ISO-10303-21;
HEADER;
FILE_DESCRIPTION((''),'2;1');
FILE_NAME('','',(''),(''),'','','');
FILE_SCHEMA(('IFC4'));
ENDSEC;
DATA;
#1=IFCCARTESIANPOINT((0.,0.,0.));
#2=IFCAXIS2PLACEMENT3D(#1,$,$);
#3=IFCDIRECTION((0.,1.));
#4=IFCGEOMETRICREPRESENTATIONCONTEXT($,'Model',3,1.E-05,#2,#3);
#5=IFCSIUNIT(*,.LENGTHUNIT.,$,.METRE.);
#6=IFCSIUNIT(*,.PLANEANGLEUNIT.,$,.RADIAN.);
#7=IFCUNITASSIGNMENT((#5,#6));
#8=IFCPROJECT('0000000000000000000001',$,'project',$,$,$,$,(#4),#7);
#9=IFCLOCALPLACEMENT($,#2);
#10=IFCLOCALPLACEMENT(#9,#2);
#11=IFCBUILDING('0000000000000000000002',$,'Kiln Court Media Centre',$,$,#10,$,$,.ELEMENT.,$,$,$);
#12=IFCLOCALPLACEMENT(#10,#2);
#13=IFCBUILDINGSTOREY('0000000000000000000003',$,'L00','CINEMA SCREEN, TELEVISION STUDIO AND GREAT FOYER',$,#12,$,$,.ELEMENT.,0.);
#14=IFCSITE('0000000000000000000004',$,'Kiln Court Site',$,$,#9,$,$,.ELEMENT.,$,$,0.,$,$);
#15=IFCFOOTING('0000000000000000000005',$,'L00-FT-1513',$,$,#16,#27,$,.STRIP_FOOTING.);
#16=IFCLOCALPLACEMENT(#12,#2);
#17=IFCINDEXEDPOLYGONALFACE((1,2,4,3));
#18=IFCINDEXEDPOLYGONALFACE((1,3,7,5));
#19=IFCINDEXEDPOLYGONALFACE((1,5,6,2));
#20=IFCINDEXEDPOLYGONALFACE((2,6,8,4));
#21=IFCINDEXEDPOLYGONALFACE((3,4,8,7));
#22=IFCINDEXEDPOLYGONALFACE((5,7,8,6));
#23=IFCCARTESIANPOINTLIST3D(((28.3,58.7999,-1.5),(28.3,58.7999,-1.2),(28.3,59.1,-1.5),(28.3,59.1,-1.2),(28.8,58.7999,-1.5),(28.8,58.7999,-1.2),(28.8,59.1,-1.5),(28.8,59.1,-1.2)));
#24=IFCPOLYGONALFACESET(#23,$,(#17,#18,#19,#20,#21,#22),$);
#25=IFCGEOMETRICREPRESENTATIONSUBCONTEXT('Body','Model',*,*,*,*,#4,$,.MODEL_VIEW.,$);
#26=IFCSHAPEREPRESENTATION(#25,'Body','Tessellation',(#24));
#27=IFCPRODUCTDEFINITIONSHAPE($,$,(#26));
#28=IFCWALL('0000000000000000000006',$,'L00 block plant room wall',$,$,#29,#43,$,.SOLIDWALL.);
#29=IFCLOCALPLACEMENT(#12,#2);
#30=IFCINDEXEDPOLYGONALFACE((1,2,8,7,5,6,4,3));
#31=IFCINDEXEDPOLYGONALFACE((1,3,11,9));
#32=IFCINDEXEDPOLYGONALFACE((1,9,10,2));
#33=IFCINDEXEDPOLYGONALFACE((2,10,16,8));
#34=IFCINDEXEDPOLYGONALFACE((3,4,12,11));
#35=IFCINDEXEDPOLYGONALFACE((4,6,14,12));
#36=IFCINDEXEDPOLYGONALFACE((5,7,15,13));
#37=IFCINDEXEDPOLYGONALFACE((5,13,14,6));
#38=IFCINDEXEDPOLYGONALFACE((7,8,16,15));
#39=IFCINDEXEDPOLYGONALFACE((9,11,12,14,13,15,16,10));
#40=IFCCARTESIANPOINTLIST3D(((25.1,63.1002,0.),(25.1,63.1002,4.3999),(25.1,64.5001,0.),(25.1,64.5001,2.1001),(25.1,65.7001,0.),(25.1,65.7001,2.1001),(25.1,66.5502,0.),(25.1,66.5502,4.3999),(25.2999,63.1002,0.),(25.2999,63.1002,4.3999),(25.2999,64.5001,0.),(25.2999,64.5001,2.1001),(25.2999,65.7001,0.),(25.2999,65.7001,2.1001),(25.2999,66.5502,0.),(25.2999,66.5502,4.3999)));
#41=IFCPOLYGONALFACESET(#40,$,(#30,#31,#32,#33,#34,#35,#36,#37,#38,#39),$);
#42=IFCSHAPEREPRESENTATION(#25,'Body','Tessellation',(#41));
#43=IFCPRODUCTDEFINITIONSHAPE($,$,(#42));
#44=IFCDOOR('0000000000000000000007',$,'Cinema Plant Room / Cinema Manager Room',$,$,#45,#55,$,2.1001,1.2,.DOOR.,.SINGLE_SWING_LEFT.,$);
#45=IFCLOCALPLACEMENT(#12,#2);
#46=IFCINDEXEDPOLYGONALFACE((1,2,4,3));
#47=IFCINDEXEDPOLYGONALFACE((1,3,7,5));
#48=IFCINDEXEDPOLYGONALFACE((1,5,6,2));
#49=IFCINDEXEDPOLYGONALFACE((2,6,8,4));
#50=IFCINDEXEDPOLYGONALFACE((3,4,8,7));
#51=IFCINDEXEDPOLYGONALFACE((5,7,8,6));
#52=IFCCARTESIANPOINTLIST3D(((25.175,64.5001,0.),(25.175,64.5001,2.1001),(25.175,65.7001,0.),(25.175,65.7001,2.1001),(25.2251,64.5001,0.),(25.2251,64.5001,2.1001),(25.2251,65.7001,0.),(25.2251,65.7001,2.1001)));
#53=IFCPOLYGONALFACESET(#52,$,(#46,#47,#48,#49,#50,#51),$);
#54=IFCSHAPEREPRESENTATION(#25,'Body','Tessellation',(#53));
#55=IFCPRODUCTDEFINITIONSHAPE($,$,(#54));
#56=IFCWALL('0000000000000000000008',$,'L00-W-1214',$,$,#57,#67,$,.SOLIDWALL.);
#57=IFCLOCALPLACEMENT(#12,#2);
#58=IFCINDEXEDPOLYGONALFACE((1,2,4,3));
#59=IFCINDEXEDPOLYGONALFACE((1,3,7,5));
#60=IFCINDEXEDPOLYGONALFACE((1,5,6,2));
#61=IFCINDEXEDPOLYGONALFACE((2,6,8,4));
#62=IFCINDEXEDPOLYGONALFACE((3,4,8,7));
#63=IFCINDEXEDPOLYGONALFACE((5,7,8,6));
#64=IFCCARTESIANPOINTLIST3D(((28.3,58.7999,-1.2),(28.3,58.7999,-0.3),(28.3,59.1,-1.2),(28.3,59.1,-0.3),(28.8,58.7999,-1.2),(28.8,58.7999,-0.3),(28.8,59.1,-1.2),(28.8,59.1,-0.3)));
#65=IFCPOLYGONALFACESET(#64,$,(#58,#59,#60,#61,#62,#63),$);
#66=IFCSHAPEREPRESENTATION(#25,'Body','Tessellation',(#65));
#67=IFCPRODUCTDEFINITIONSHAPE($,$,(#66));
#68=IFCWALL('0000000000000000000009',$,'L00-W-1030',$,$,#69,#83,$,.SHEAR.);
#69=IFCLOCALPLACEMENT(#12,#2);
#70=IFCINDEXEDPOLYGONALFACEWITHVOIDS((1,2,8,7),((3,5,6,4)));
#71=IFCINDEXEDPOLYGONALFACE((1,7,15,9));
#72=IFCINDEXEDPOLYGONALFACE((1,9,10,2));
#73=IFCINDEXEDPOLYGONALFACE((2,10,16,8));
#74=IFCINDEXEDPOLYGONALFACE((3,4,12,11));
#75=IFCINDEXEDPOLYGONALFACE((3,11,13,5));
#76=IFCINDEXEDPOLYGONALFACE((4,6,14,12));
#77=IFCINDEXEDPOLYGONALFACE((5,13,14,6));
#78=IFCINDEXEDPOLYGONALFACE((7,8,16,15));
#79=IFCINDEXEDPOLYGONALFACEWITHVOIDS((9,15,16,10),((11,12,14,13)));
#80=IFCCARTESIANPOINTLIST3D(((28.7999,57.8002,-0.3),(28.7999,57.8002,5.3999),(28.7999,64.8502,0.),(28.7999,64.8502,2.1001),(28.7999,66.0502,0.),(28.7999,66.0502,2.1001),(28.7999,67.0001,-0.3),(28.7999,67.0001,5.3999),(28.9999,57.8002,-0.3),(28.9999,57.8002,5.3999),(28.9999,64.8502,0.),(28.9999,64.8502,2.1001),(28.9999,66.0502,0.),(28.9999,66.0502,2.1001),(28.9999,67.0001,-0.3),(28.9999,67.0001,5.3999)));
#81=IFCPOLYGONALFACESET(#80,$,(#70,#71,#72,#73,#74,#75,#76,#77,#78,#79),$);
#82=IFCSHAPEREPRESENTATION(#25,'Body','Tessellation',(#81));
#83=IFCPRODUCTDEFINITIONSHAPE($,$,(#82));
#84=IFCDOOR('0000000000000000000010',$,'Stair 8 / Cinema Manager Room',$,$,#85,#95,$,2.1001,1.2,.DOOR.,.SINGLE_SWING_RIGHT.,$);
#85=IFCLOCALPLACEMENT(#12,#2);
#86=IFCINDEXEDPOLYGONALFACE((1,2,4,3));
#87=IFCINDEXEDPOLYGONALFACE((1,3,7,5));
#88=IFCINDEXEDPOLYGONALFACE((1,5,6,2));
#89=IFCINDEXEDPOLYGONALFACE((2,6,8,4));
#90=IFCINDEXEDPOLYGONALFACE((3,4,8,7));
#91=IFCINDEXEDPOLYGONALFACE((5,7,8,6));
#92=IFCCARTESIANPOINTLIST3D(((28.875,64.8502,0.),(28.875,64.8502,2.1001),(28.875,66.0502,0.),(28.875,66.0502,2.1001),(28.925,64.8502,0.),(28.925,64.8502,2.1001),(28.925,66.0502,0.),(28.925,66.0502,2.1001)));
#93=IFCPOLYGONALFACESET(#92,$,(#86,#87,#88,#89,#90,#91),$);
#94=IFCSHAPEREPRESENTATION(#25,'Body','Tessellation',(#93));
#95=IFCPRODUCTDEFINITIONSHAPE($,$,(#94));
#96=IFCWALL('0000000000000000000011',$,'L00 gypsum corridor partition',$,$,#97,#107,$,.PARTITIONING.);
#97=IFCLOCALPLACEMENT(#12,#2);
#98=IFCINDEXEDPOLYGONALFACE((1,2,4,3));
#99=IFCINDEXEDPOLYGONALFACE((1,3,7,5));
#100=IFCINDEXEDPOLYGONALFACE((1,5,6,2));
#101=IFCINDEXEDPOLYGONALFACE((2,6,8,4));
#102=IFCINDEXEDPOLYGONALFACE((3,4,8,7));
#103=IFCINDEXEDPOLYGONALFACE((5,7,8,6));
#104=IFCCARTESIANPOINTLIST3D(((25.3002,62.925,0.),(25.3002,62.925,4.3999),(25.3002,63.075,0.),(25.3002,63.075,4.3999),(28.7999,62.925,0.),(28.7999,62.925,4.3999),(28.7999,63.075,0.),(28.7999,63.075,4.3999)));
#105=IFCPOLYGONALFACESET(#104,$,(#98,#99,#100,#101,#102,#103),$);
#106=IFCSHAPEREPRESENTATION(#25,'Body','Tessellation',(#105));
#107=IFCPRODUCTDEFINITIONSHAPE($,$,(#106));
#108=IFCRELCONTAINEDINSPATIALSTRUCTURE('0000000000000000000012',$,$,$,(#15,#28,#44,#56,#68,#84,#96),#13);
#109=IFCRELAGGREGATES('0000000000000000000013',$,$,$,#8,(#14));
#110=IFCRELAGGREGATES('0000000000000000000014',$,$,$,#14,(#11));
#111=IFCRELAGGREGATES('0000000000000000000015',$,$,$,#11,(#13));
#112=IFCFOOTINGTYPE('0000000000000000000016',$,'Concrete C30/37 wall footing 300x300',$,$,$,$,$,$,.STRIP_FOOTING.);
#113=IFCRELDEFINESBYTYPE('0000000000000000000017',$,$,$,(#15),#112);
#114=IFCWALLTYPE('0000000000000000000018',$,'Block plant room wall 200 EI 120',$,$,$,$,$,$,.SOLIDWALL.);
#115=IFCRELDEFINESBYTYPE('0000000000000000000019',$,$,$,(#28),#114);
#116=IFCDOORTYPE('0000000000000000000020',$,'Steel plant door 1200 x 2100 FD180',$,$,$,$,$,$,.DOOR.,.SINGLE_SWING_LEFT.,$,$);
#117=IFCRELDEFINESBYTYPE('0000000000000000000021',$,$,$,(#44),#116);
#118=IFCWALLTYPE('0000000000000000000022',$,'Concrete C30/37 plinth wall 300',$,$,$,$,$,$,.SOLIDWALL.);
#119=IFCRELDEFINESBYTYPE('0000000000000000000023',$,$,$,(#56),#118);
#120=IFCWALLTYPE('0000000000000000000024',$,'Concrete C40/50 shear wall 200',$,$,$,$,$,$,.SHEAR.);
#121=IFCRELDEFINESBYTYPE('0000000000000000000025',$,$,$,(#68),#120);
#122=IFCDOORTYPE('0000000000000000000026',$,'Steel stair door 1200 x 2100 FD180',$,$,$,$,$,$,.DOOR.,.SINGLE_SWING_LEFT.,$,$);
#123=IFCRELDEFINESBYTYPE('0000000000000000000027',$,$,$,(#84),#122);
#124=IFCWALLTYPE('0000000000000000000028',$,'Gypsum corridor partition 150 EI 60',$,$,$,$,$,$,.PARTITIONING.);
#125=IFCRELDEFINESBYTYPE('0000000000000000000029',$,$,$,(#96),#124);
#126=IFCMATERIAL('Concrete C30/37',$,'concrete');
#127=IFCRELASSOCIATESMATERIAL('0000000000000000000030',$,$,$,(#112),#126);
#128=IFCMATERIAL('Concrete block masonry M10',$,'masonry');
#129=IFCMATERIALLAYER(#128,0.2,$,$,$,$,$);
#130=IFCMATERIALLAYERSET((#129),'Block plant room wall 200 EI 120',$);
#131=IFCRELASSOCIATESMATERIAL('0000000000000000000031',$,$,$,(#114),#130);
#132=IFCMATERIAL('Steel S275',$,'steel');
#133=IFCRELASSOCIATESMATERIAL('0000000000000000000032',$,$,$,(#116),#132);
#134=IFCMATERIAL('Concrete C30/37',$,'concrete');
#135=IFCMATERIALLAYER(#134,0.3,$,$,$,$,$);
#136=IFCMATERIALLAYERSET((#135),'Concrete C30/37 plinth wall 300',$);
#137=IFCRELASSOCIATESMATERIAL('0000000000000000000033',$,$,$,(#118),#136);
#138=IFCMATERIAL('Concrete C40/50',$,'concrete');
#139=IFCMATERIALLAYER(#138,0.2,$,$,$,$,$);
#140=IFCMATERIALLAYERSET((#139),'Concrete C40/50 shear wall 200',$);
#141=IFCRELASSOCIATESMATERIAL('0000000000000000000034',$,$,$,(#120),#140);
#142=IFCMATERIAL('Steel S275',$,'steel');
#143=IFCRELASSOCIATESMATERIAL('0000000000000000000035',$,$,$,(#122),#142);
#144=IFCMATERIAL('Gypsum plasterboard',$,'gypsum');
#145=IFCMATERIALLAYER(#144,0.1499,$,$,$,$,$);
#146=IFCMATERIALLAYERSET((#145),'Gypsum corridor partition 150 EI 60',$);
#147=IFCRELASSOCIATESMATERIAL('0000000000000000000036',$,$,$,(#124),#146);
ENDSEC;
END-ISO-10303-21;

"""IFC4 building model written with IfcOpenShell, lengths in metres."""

from ifc_helpers import new_model, si_unit, direction, frame, frame_2d, origin, origin_2d, place, context, subcontext, project, spatial, rectangle, extrude, material, layer, layer_set, type_object, element, fill, save


model = new_model("IFC4")

# Units and contexts
model_context = context("Model", 3, precision=1e-05, world=origin(), true_north=direction((0.0, 1.0)))
body_context = subcontext(model_context, "Body", "Model", "MODEL_VIEW")
ifc_project = project(units=[si_unit("LENGTHUNIT", "METRE"), si_unit("PLANEANGLEUNIT", "RADIAN")], contexts=[model_context])

# Site, building, storey
site_placement = place(None, origin())
site = spatial("IfcSite", under=ifc_project, at=site_placement, Name="Kiln Court Site", CompositionType="ELEMENT", RefElevation=0.0)
building_placement = place(site_placement, origin())
building = spatial("IfcBuilding", under=site, at=building_placement, Name="Kiln Court Media Centre", CompositionType="ELEMENT")
storey_placement = place(building_placement, origin())
storey = spatial("IfcBuildingStorey", under=building, at=storey_placement, Name="L00", Description="CINEMA SCREEN, TELEVISION STUDIO AND GREAT FOYER", CompositionType="ELEMENT", Elevation=0.0)

# Footing
ifc_material_1 = material(Name="Concrete C30/37", Category="concrete")
footing_type_1 = type_object("IfcFootingType", Name="Concrete C30/37 wall footing 300x300", PredefinedType="STRIP_FOOTING", material=ifc_material_1)
footing_1_placement = place(storey_placement, frame((28.55, 58.95, -1.5), z_axis=(0.0, 0.0, 1.0), x_axis=(1.0, 0.0, 0.0)))
element("IfcFooting", 1, at=footing_1_placement, inside=storey, type_object=footing_type_1, Name="L00-FT-1513", PredefinedType="STRIP_FOOTING", context=body_context, shape_type="SweptSolid", body=[
    extrude(rectangle(XDim=0.5, YDim=0.3, at=origin_2d()), origin(), (0.0, 0.0, 1.0), 0.3),
])

# Wall, opening, door
ifc_material_2 = material(Name="Concrete block masonry M10", Category="masonry")
ifc_layer_1 = layer(ifc_material_2, 0.2)
ifc_layer_set_1 = layer_set([ifc_layer_1], Name="Block plant room wall 200 EI 120")
wall_type_1 = type_object("IfcWallType", Name="Block plant room wall 200 EI 120", PredefinedType="SOLIDWALL", material=ifc_layer_set_1)
wall_1_placement = place(storey_placement, frame((25.2, 63.1001, 0.0), z_axis=(0.0, 0.0, 1.0), x_axis=(0.0, 1.0, 0.0)))
wall_1 = element("IfcWall", 2, at=wall_1_placement, inside=storey, type_object=wall_type_1, Name="L00 block plant room wall", PredefinedType="SOLIDWALL", context=body_context, shape_type="SweptSolid", body=[
    extrude(rectangle(XDim=3.45, YDim=0.2, at=frame_2d((1.7251, 0.0))), origin(), (0.0, 0.0, 1.0), 4.3999),
])
opening_1_placement = place(wall_1_placement, frame((1.3999, 0.0, 0.0)))
opening_1 = element("IfcOpeningElement", 3, at=opening_1_placement, cuts=wall_1, PredefinedType="OPENING", context=body_context, shape_type="SweptSolid", body=[
    extrude(rectangle(XDim=1.2, YDim=2.1001, at=frame_2d((0.6001, 1.05))), frame((0.0, 0.1099, 0.0), z_axis=(0.0, -1.0, 0.0), x_axis=(1.0, 0.0, 0.0)), (0.0, 0.0, 1.0), 0.22),
])
ifc_material_3 = material(Name="Steel S275", Category="steel")
door_type_1 = type_object("IfcDoorType", Name="Steel plant door 1200 x 2100 FD180", OperationType="SINGLE_SWING_LEFT", PredefinedType="DOOR", material=ifc_material_3)
door_1_placement = place(opening_1_placement, origin())
door_1 = element("IfcDoor", 4, at=door_1_placement, inside=storey, type_object=door_type_1, Name="Cinema Plant Room / Cinema Manager Room", OperationType="SINGLE_SWING_LEFT", OverallHeight=2.1001, OverallWidth=1.2, PredefinedType="DOOR", context=body_context, shape_type="SweptSolid", body=[
    extrude(rectangle(XDim=1.2, YDim=2.1001, at=frame_2d((0.6001, 1.05))), frame((0.0, 0.0249, 0.0), z_axis=(0.0, -1.0, 0.0), x_axis=(1.0, 0.0, 0.0)), (0.0, 0.0, 1.0), 0.05),
])
fill(opening_1, door_1)

# Wall
ifc_material_4 = material(Name="Concrete C30/37", Category="concrete")
ifc_layer_2 = layer(ifc_material_4, 0.3)
ifc_layer_set_2 = layer_set([ifc_layer_2], Name="Concrete C30/37 plinth wall 300")
wall_type_2 = type_object("IfcWallType", Name="Concrete C30/37 plinth wall 300", PredefinedType="SOLIDWALL", material=ifc_layer_set_2)
wall_2_placement = place(storey_placement, frame((28.8, 58.95, -1.2), z_axis=(0.0, 0.0, 1.0), x_axis=(-1.0, 0.0, 0.0)))
element("IfcWall", 5, at=wall_2_placement, inside=storey, type_object=wall_type_2, Name="L00-W-1214", PredefinedType="SOLIDWALL", context=body_context, shape_type="SweptSolid", body=[
    extrude(rectangle(XDim=0.5, YDim=0.3, at=frame_2d((0.25, 0.0))), origin(), (0.0, 0.0, 1.0), 0.8999),
])

# Wall, opening, door
ifc_material_5 = material(Name="Concrete C40/50", Category="concrete")
ifc_layer_3 = layer(ifc_material_5, 0.2)
ifc_layer_set_3 = layer_set([ifc_layer_3], Name="Concrete C40/50 shear wall 200")
wall_type_3 = type_object("IfcWallType", Name="Concrete C40/50 shear wall 200", PredefinedType="SHEAR", material=ifc_layer_set_3)
wall_3_placement = place(storey_placement, frame((28.8999, 57.8, -0.3), z_axis=(0.0, 0.0, 1.0), x_axis=(0.0, 1.0, 0.0)))
wall_3 = element("IfcWall", 6, at=wall_3_placement, inside=storey, type_object=wall_type_3, Name="L00-W-1030", PredefinedType="SHEAR", context=body_context, shape_type="SweptSolid", body=[
    extrude(rectangle(XDim=9.2, YDim=0.2, at=frame_2d((4.6001, 0.0))), origin(), (0.0, 0.0, 1.0), 5.7),
])
opening_2_placement = place(wall_3_placement, frame((7.05, 0.0, 0.3)))
opening_2 = element("IfcOpeningElement", 7, at=opening_2_placement, cuts=wall_3, PredefinedType="OPENING", context=body_context, shape_type="SweptSolid", body=[
    extrude(rectangle(XDim=1.2, YDim=2.1001, at=frame_2d((0.6001, 1.05))), frame((0.0, 0.1099, 0.0), z_axis=(0.0, -1.0, 0.0), x_axis=(1.0, 0.0, 0.0)), (0.0, 0.0, 1.0), 0.22),
])
ifc_material_6 = material(Name="Steel S275", Category="steel")
door_type_2 = type_object("IfcDoorType", Name="Steel stair door 1200 x 2100 FD180", OperationType="SINGLE_SWING_LEFT", PredefinedType="DOOR", material=ifc_material_6)
door_2_placement = place(opening_2_placement, origin())
door_2 = element("IfcDoor", 8, at=door_2_placement, inside=storey, type_object=door_type_2, Name="Stair 8 / Cinema Manager Room", OperationType="SINGLE_SWING_RIGHT", OverallHeight=2.1001, OverallWidth=1.2, PredefinedType="DOOR", context=body_context, shape_type="SweptSolid", body=[
    extrude(rectangle(XDim=1.2, YDim=2.1001, at=frame_2d((0.6001, 1.05))), frame((0.0, 0.0249, 0.0), z_axis=(0.0, -1.0, 0.0), x_axis=(1.0, 0.0, 0.0)), (0.0, 0.0, 1.0), 0.05),
])
fill(opening_2, door_2)

# Wall
ifc_material_7 = material(Name="Gypsum plasterboard", Category="gypsum")
ifc_layer_4 = layer(ifc_material_7, 0.1499)
ifc_layer_set_4 = layer_set([ifc_layer_4], Name="Gypsum corridor partition 150 EI 60")
wall_type_4 = type_object("IfcWallType", Name="Gypsum corridor partition 150 EI 60", PredefinedType="PARTITIONING", material=ifc_layer_set_4)
wall_4_placement = place(storey_placement, frame((25.3, 63.0, 0.0), z_axis=(0.0, 0.0, 1.0), x_axis=(1.0, 0.0, 0.0)))
element("IfcWall", 9, at=wall_4_placement, inside=storey, type_object=wall_type_4, Name="L00 gypsum corridor partition", PredefinedType="PARTITIONING", context=body_context, shape_type="SweptSolid", body=[
    extrude(rectangle(XDim=3.4998, YDim=0.1499, at=frame_2d((1.75, 0.0))), origin(), (0.0, 0.0, 1.0), 4.3999),
])

save(model, "model.ifc")
